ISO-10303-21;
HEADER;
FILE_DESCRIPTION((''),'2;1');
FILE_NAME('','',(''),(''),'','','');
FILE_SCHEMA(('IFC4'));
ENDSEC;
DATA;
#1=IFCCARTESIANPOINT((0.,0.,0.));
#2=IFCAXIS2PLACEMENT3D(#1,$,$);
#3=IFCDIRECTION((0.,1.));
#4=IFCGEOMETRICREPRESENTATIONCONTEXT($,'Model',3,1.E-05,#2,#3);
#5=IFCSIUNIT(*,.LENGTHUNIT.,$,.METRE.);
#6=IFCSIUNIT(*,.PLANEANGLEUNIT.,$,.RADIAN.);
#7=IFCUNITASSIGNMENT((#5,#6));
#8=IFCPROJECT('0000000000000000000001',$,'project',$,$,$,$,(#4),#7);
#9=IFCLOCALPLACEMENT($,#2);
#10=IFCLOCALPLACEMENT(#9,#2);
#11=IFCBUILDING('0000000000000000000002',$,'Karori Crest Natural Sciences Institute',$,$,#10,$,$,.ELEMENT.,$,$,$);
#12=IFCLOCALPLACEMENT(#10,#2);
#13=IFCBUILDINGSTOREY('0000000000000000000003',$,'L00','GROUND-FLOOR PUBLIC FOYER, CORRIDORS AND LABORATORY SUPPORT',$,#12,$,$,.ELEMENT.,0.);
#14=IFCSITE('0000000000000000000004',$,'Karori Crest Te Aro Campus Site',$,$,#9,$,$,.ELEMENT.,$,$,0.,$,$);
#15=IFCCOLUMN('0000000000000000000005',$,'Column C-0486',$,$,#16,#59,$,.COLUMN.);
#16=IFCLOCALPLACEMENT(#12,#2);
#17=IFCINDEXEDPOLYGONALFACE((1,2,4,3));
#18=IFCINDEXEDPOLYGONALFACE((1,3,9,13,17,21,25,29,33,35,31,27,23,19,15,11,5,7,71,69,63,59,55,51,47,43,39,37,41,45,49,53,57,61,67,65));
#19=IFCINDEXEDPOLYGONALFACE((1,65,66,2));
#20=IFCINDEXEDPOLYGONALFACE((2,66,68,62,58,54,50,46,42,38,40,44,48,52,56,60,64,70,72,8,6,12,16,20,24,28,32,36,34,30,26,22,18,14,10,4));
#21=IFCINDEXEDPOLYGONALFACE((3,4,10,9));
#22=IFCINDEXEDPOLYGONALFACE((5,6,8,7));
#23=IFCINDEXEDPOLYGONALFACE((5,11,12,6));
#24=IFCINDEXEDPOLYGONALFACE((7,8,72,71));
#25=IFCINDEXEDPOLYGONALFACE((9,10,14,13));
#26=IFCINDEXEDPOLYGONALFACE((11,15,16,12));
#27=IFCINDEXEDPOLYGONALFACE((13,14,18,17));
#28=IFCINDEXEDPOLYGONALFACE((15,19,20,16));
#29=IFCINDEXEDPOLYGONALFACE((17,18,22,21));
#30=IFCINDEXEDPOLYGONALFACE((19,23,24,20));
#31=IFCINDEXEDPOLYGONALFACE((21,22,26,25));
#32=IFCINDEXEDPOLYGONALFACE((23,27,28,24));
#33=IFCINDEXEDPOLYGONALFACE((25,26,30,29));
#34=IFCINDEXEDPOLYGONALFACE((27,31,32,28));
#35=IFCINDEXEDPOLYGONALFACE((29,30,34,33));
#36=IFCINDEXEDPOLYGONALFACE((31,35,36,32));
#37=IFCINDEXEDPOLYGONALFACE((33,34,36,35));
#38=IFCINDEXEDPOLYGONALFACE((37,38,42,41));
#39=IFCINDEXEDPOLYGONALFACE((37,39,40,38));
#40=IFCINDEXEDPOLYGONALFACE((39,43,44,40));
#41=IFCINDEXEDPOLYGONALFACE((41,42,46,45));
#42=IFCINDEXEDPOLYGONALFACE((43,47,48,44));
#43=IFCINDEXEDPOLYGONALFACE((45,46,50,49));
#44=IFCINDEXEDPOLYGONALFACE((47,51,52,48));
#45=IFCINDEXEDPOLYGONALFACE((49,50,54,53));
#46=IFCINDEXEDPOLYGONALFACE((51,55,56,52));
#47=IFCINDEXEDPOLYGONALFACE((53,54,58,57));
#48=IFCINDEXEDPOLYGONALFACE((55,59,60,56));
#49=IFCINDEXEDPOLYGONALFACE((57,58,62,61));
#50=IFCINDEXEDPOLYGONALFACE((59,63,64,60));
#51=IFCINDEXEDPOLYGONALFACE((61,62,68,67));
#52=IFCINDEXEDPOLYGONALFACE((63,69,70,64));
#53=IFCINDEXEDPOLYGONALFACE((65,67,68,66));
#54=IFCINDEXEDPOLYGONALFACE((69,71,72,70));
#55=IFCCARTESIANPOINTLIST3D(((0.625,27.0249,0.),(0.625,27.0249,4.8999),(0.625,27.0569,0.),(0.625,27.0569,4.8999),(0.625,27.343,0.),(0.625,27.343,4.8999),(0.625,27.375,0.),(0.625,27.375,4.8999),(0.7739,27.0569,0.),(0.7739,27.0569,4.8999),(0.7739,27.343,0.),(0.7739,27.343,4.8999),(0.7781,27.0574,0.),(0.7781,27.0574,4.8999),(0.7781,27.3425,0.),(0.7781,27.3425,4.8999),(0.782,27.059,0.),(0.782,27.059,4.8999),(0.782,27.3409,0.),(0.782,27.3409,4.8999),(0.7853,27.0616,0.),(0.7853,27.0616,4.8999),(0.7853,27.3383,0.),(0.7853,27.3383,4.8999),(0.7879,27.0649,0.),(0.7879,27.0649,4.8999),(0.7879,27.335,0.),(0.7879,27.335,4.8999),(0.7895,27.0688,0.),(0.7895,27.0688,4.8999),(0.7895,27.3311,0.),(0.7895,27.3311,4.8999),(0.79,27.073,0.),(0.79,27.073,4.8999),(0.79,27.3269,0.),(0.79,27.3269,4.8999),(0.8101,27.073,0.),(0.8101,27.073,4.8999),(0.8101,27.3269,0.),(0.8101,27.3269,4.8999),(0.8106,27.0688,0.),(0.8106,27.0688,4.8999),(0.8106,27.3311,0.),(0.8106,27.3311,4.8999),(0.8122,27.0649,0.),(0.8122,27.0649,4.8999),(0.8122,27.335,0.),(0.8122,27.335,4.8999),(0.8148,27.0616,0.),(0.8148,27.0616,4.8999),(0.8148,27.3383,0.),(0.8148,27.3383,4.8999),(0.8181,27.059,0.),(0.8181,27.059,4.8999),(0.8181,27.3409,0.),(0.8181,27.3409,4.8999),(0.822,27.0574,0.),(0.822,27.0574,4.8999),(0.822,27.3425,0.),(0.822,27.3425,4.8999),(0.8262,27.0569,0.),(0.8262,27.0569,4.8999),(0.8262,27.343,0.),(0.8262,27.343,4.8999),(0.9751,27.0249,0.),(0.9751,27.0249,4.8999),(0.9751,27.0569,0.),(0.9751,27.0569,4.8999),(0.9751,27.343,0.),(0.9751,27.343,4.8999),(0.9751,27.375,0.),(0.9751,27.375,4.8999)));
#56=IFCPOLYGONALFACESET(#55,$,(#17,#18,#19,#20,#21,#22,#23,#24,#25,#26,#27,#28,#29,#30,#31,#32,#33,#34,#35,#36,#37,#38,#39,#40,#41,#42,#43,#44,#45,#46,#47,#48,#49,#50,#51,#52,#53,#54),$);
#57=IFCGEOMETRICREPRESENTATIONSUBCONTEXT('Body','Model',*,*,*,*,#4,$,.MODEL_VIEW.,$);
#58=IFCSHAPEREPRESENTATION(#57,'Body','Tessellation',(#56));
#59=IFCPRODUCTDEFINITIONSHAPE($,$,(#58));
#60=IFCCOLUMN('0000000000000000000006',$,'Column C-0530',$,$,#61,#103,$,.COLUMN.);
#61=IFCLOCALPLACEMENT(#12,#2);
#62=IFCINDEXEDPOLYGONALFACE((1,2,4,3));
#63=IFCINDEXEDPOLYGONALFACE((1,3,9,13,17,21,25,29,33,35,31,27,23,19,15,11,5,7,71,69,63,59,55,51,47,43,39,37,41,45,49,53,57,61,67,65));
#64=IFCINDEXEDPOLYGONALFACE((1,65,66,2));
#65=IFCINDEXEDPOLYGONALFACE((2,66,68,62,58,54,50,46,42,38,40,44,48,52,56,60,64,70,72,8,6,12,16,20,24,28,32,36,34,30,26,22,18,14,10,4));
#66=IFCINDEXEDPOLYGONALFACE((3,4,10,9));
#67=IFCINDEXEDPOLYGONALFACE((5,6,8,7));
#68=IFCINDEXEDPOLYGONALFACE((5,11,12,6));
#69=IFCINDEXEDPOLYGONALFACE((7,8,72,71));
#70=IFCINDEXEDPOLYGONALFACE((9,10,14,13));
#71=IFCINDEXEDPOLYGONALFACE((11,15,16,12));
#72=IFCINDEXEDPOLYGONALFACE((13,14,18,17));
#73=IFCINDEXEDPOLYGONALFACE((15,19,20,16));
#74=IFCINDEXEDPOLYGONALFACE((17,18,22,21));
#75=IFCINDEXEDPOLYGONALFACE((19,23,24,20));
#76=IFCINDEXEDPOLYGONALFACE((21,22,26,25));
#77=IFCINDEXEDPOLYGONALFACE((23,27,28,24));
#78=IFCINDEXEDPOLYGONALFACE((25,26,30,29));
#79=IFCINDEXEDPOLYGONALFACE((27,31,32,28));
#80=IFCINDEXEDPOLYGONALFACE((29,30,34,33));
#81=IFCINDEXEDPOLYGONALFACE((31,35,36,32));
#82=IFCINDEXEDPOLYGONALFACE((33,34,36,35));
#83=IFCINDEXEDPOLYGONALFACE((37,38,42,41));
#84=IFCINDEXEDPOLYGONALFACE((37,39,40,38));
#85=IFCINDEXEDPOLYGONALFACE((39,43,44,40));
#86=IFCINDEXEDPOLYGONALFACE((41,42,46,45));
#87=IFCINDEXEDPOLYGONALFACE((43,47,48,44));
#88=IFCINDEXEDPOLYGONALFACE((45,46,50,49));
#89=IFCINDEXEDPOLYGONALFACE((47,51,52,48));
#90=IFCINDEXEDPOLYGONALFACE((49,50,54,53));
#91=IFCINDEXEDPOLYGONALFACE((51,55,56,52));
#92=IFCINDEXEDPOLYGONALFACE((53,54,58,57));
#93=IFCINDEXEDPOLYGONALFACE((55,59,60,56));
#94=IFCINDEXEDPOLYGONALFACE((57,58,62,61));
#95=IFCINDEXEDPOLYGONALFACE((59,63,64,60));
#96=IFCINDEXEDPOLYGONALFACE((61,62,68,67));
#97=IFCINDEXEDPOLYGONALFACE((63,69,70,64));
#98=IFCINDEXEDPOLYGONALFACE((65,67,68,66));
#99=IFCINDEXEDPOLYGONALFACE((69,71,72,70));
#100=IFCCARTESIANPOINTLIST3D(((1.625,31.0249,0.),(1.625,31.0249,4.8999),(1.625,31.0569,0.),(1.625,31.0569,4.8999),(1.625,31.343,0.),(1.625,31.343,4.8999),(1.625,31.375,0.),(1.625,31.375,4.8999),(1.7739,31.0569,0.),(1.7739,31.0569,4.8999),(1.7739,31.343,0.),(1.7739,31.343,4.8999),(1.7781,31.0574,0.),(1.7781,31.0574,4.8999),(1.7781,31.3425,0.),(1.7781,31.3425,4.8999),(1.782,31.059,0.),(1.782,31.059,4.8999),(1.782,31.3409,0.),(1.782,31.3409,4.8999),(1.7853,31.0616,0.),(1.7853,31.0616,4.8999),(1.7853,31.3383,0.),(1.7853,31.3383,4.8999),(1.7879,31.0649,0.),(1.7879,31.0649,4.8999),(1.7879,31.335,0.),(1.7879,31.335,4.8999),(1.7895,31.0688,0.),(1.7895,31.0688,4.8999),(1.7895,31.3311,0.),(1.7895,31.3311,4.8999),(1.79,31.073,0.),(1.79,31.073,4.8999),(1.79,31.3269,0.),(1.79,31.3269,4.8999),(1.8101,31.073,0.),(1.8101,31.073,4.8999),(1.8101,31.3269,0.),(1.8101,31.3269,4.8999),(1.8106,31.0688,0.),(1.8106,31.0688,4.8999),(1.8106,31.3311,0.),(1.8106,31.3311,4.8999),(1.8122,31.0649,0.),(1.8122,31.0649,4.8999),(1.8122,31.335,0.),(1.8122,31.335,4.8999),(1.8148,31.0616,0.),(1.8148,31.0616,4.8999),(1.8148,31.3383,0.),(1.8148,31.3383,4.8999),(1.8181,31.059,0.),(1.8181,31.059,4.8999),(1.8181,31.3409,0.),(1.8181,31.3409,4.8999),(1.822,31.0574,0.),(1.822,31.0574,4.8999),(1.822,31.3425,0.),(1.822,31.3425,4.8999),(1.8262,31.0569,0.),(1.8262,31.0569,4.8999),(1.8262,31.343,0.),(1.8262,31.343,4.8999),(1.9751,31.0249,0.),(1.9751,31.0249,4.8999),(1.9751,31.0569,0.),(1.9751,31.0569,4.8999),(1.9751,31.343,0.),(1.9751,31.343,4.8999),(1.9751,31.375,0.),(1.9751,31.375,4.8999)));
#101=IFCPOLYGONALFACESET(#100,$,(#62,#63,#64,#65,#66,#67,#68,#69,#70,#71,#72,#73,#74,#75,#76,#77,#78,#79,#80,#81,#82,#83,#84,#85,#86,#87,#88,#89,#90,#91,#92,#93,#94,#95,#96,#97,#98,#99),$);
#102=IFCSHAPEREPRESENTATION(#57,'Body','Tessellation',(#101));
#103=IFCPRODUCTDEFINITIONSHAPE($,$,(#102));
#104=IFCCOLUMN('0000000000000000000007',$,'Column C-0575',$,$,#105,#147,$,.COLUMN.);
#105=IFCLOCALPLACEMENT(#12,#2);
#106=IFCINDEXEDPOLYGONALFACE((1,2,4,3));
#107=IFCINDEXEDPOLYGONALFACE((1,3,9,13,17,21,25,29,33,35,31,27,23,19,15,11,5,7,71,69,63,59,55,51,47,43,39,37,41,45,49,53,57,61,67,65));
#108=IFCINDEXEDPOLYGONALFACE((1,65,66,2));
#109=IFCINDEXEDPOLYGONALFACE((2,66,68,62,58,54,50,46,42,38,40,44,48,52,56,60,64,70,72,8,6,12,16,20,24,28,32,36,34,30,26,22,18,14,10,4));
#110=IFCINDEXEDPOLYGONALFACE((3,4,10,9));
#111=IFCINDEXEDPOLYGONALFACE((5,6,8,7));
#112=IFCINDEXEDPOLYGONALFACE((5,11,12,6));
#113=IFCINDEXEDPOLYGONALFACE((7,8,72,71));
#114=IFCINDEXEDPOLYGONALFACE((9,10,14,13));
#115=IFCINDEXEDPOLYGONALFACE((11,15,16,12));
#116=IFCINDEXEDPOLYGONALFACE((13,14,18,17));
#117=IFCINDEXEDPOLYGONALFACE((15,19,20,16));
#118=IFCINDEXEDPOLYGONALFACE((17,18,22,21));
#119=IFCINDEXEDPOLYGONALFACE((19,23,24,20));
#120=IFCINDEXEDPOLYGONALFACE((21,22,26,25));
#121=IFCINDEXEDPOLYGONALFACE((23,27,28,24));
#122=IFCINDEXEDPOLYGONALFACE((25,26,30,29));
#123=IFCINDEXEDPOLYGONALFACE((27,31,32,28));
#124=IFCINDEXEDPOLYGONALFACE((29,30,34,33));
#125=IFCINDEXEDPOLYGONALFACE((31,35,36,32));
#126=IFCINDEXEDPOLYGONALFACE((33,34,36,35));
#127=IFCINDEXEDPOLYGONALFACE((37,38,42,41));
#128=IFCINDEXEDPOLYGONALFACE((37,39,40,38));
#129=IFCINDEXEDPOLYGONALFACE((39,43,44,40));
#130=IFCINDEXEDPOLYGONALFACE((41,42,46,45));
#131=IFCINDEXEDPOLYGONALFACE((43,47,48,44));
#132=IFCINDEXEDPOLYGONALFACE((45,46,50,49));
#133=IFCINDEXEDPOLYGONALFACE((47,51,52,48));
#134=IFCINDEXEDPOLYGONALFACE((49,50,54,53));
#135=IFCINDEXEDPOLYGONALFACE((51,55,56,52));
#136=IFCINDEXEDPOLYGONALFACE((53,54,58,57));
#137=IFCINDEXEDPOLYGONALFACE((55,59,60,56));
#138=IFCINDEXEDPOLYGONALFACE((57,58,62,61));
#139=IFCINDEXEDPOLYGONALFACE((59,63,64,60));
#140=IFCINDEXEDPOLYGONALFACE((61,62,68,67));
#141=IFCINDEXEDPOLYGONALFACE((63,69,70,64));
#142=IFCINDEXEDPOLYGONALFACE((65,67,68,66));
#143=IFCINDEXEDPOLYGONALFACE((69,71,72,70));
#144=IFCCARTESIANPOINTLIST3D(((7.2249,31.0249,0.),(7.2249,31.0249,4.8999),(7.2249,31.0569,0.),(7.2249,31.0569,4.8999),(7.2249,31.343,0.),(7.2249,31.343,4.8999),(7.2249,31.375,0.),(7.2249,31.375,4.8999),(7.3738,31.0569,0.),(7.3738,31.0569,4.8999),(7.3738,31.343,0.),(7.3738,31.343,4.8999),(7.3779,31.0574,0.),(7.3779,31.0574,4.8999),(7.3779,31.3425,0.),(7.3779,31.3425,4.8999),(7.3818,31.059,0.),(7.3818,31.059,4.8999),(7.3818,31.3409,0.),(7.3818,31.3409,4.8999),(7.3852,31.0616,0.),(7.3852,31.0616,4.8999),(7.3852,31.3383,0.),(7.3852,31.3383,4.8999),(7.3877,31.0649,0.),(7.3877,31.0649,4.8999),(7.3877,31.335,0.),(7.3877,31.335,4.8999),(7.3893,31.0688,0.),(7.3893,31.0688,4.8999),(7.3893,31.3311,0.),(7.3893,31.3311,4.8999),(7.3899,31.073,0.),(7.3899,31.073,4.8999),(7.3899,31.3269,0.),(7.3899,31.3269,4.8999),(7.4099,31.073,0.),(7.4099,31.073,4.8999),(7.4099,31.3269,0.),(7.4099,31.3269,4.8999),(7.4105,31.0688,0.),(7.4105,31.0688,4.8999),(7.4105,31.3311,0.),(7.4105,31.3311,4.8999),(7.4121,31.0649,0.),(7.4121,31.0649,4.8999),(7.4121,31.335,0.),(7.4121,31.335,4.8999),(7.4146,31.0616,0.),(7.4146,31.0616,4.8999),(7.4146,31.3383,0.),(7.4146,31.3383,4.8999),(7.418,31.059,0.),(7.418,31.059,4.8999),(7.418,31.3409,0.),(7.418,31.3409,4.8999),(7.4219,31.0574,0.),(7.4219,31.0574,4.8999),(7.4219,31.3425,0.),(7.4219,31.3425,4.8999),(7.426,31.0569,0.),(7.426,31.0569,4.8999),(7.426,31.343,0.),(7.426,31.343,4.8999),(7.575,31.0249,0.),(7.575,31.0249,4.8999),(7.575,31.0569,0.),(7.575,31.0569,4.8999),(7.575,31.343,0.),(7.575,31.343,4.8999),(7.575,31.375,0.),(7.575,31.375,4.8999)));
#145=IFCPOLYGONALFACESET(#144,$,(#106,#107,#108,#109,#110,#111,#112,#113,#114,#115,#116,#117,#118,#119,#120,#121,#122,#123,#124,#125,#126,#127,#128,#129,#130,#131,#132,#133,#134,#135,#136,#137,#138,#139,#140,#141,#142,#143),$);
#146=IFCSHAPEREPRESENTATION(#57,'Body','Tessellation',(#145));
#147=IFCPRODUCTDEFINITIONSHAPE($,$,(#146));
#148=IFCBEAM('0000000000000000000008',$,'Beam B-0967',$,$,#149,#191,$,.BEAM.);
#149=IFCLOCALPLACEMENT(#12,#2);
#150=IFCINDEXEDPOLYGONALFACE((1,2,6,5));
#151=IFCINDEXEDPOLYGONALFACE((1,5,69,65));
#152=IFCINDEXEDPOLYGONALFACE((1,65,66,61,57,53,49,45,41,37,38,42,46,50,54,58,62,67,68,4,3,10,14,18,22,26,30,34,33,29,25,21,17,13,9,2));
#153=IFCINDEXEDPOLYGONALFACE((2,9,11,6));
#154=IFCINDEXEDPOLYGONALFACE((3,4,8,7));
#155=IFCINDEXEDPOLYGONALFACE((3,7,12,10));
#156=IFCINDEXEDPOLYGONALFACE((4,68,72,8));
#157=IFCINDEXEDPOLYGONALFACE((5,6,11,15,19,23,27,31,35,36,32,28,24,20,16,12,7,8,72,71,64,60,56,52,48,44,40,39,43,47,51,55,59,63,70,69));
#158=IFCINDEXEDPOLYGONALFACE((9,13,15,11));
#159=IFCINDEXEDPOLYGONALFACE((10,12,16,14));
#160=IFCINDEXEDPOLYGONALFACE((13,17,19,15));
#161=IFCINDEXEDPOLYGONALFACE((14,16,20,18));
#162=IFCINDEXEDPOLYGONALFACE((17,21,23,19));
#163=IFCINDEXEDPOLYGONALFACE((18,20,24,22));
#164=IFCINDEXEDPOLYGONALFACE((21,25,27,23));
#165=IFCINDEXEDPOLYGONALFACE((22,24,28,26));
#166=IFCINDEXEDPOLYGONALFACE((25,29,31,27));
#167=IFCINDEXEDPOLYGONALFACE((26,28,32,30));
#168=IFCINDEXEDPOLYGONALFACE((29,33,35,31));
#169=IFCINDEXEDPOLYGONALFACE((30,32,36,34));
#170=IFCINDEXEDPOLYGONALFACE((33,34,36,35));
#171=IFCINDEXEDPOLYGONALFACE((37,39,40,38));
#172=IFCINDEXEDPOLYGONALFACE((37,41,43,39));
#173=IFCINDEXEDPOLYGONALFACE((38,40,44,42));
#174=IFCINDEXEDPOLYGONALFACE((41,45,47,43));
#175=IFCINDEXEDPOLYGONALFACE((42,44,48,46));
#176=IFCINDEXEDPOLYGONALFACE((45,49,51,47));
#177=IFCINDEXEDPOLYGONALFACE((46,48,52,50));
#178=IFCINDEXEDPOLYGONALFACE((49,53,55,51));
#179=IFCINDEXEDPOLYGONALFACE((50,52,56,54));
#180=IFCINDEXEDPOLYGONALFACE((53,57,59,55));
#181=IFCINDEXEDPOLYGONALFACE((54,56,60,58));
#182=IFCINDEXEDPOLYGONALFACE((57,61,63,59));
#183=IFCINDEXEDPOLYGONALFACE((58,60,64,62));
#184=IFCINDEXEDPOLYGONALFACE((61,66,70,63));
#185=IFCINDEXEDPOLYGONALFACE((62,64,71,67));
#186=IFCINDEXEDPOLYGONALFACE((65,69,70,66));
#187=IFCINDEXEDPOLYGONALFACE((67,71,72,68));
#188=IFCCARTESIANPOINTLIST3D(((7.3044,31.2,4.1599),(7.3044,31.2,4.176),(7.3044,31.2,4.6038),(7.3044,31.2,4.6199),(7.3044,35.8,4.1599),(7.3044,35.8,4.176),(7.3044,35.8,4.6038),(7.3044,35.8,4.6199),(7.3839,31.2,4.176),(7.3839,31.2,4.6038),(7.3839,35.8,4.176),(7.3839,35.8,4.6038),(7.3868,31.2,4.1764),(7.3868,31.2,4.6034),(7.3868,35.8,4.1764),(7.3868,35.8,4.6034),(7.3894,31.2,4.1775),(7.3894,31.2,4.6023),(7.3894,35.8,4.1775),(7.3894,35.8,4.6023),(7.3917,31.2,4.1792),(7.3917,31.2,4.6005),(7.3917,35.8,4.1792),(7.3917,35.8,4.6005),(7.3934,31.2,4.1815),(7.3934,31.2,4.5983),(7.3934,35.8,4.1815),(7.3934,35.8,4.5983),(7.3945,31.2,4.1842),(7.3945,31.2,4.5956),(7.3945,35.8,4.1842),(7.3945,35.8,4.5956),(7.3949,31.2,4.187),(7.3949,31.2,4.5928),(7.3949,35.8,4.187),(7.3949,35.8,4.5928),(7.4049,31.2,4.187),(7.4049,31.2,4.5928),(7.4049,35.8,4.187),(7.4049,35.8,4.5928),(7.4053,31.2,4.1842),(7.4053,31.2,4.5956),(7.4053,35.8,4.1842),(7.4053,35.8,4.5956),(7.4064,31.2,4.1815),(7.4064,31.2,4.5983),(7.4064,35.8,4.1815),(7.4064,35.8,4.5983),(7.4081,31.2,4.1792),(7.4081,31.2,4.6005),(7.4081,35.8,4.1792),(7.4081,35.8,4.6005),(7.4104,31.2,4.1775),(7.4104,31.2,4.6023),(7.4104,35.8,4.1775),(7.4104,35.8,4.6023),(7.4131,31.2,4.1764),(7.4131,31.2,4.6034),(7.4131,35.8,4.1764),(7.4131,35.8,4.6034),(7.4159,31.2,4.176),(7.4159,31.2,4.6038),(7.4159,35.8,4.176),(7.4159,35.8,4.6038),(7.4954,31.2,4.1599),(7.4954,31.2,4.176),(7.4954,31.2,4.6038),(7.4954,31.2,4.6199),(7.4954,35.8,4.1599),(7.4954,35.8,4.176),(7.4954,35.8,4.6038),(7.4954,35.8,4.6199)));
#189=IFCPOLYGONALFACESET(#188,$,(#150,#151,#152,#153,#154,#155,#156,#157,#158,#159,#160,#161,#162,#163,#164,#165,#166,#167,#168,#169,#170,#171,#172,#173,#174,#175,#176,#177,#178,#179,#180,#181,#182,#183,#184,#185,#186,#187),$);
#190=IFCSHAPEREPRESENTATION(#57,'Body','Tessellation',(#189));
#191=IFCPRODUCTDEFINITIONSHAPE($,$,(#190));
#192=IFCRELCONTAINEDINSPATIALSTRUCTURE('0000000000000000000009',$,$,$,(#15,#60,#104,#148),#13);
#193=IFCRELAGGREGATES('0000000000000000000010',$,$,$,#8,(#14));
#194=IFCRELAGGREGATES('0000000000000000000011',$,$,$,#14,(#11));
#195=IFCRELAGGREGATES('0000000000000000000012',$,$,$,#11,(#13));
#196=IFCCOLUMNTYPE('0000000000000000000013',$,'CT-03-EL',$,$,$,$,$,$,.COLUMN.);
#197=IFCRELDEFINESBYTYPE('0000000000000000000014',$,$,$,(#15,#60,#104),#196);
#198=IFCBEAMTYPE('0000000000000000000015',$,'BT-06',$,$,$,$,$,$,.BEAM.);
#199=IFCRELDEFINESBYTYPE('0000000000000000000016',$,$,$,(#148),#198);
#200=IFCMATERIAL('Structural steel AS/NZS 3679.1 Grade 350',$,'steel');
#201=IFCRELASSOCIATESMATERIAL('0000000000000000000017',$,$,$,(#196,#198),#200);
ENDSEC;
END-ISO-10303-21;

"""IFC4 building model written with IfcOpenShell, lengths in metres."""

from ifc_helpers import new_model, si_unit, direction, frame, origin, origin_2d, place, context, subcontext, project, spatial, i_section, extrude, material, material_profile, profile_set, type_object, element, save


model = new_model("IFC4")

# Units and contexts
model_context = context("Model", 3, precision=1e-05, world=origin(), true_north=direction((0.0, 1.0)))
body_context = subcontext(model_context, "Body", "Model", "MODEL_VIEW")
ifc_project = project(units=[si_unit("LENGTHUNIT", "METRE"), si_unit("PLANEANGLEUNIT", "RADIAN")], contexts=[model_context])

# Site, building, storey
site_placement = place(None, origin())
site = spatial("IfcSite", under=ifc_project, at=site_placement, Name="Karori Crest Te Aro Campus Site", CompositionType="ELEMENT", RefElevation=0.0)
building_placement = place(site_placement, origin())
building = spatial("IfcBuilding", under=site, at=building_placement, Name="Karori Crest Natural Sciences Institute", CompositionType="ELEMENT")
storey_placement = place(building_placement, origin())
storey = spatial("IfcBuildingStorey", under=building, at=storey_placement, Name="L00", Description="GROUND-FLOOR PUBLIC FOYER, CORRIDORS AND LABORATORY SUPPORT", CompositionType="ELEMENT", Elevation=0.0)

# Columns
ifc_material_1 = material(Name="Structural steel AS/NZS 3679.1 Grade 350", Category="steel")
ifc_material_profile_1 = material_profile(ifc_material_1, i_section(OverallWidth=0.3501, OverallDepth=0.3501, WebThickness=0.02, FlangeThickness=0.032, FilletRadius=0.0161, at=origin_2d()), Name="350WC280")
ifc_profile_set_1 = profile_set([ifc_material_profile_1], Name="Structural steel AS/NZS 3679.1 Grade 350")
column_type = type_object("IfcColumnType", Name="CT-03-EL", PredefinedType="COLUMN", material=ifc_profile_set_1)
for number, where, z_axis, x_axis, name in (
    (1, (0.8, 27.2, 0.0), (0.0, 0.0, 1.0), (1.0, 0.0, 0.0), "Column C-0486"),
    (2, (1.8, 31.2, 0.0), (0.0, 0.0, 1.0), (1.0, 0.0, 0.0), "Column C-0530"),
    (3, (7.3999, 31.2, 0.0), (0.0, 0.0, 1.0), (1.0, 0.0, 0.0), "Column C-0575"),
):
    element("IfcColumn", number, at=place(storey_placement, frame(where, z_axis=z_axis, x_axis=x_axis)), inside=storey, type_object=column_type, Name=name, PredefinedType="COLUMN", context=body_context, shape_type="SweptSolid", body=[
        extrude(i_section(OverallWidth=0.3501, OverallDepth=0.3501, WebThickness=0.02, FlangeThickness=0.032, FilletRadius=0.0161, at=origin_2d()), origin(), (0.0, 0.0, 1.0), 4.8999),
    ])

# Beam
ifc_material_profile_2 = material_profile(ifc_material_1, i_section(OverallWidth=0.1909, OverallDepth=0.46, WebThickness=0.01, FlangeThickness=0.0161, FilletRadius=0.011, at=origin_2d()), Name="460UB82.1")
ifc_profile_set_2 = profile_set([ifc_material_profile_2], Name="Structural steel AS/NZS 3679.1 Grade 350")
beam_type_1 = type_object("IfcBeamType", Name="BT-06", PredefinedType="BEAM", material=ifc_profile_set_2)
beam_1_placement = place(storey_placement, frame((7.3999, 31.2, 4.3899), z_axis=(0.0, 1.0, 0.0), x_axis=(-1.0, 0.0, 0.0)))
element("IfcBeam", 4, at=beam_1_placement, inside=storey, type_object=beam_type_1, Name="Beam B-0967", PredefinedType="BEAM", context=body_context, shape_type="SweptSolid", body=[
    extrude(i_section(OverallWidth=0.1909, OverallDepth=0.46, WebThickness=0.01, FlangeThickness=0.0161, FilletRadius=0.011, at=origin_2d()), origin(), (0.0, 0.0, 1.0), 4.6001),
])

save(model, "model.ifc")
